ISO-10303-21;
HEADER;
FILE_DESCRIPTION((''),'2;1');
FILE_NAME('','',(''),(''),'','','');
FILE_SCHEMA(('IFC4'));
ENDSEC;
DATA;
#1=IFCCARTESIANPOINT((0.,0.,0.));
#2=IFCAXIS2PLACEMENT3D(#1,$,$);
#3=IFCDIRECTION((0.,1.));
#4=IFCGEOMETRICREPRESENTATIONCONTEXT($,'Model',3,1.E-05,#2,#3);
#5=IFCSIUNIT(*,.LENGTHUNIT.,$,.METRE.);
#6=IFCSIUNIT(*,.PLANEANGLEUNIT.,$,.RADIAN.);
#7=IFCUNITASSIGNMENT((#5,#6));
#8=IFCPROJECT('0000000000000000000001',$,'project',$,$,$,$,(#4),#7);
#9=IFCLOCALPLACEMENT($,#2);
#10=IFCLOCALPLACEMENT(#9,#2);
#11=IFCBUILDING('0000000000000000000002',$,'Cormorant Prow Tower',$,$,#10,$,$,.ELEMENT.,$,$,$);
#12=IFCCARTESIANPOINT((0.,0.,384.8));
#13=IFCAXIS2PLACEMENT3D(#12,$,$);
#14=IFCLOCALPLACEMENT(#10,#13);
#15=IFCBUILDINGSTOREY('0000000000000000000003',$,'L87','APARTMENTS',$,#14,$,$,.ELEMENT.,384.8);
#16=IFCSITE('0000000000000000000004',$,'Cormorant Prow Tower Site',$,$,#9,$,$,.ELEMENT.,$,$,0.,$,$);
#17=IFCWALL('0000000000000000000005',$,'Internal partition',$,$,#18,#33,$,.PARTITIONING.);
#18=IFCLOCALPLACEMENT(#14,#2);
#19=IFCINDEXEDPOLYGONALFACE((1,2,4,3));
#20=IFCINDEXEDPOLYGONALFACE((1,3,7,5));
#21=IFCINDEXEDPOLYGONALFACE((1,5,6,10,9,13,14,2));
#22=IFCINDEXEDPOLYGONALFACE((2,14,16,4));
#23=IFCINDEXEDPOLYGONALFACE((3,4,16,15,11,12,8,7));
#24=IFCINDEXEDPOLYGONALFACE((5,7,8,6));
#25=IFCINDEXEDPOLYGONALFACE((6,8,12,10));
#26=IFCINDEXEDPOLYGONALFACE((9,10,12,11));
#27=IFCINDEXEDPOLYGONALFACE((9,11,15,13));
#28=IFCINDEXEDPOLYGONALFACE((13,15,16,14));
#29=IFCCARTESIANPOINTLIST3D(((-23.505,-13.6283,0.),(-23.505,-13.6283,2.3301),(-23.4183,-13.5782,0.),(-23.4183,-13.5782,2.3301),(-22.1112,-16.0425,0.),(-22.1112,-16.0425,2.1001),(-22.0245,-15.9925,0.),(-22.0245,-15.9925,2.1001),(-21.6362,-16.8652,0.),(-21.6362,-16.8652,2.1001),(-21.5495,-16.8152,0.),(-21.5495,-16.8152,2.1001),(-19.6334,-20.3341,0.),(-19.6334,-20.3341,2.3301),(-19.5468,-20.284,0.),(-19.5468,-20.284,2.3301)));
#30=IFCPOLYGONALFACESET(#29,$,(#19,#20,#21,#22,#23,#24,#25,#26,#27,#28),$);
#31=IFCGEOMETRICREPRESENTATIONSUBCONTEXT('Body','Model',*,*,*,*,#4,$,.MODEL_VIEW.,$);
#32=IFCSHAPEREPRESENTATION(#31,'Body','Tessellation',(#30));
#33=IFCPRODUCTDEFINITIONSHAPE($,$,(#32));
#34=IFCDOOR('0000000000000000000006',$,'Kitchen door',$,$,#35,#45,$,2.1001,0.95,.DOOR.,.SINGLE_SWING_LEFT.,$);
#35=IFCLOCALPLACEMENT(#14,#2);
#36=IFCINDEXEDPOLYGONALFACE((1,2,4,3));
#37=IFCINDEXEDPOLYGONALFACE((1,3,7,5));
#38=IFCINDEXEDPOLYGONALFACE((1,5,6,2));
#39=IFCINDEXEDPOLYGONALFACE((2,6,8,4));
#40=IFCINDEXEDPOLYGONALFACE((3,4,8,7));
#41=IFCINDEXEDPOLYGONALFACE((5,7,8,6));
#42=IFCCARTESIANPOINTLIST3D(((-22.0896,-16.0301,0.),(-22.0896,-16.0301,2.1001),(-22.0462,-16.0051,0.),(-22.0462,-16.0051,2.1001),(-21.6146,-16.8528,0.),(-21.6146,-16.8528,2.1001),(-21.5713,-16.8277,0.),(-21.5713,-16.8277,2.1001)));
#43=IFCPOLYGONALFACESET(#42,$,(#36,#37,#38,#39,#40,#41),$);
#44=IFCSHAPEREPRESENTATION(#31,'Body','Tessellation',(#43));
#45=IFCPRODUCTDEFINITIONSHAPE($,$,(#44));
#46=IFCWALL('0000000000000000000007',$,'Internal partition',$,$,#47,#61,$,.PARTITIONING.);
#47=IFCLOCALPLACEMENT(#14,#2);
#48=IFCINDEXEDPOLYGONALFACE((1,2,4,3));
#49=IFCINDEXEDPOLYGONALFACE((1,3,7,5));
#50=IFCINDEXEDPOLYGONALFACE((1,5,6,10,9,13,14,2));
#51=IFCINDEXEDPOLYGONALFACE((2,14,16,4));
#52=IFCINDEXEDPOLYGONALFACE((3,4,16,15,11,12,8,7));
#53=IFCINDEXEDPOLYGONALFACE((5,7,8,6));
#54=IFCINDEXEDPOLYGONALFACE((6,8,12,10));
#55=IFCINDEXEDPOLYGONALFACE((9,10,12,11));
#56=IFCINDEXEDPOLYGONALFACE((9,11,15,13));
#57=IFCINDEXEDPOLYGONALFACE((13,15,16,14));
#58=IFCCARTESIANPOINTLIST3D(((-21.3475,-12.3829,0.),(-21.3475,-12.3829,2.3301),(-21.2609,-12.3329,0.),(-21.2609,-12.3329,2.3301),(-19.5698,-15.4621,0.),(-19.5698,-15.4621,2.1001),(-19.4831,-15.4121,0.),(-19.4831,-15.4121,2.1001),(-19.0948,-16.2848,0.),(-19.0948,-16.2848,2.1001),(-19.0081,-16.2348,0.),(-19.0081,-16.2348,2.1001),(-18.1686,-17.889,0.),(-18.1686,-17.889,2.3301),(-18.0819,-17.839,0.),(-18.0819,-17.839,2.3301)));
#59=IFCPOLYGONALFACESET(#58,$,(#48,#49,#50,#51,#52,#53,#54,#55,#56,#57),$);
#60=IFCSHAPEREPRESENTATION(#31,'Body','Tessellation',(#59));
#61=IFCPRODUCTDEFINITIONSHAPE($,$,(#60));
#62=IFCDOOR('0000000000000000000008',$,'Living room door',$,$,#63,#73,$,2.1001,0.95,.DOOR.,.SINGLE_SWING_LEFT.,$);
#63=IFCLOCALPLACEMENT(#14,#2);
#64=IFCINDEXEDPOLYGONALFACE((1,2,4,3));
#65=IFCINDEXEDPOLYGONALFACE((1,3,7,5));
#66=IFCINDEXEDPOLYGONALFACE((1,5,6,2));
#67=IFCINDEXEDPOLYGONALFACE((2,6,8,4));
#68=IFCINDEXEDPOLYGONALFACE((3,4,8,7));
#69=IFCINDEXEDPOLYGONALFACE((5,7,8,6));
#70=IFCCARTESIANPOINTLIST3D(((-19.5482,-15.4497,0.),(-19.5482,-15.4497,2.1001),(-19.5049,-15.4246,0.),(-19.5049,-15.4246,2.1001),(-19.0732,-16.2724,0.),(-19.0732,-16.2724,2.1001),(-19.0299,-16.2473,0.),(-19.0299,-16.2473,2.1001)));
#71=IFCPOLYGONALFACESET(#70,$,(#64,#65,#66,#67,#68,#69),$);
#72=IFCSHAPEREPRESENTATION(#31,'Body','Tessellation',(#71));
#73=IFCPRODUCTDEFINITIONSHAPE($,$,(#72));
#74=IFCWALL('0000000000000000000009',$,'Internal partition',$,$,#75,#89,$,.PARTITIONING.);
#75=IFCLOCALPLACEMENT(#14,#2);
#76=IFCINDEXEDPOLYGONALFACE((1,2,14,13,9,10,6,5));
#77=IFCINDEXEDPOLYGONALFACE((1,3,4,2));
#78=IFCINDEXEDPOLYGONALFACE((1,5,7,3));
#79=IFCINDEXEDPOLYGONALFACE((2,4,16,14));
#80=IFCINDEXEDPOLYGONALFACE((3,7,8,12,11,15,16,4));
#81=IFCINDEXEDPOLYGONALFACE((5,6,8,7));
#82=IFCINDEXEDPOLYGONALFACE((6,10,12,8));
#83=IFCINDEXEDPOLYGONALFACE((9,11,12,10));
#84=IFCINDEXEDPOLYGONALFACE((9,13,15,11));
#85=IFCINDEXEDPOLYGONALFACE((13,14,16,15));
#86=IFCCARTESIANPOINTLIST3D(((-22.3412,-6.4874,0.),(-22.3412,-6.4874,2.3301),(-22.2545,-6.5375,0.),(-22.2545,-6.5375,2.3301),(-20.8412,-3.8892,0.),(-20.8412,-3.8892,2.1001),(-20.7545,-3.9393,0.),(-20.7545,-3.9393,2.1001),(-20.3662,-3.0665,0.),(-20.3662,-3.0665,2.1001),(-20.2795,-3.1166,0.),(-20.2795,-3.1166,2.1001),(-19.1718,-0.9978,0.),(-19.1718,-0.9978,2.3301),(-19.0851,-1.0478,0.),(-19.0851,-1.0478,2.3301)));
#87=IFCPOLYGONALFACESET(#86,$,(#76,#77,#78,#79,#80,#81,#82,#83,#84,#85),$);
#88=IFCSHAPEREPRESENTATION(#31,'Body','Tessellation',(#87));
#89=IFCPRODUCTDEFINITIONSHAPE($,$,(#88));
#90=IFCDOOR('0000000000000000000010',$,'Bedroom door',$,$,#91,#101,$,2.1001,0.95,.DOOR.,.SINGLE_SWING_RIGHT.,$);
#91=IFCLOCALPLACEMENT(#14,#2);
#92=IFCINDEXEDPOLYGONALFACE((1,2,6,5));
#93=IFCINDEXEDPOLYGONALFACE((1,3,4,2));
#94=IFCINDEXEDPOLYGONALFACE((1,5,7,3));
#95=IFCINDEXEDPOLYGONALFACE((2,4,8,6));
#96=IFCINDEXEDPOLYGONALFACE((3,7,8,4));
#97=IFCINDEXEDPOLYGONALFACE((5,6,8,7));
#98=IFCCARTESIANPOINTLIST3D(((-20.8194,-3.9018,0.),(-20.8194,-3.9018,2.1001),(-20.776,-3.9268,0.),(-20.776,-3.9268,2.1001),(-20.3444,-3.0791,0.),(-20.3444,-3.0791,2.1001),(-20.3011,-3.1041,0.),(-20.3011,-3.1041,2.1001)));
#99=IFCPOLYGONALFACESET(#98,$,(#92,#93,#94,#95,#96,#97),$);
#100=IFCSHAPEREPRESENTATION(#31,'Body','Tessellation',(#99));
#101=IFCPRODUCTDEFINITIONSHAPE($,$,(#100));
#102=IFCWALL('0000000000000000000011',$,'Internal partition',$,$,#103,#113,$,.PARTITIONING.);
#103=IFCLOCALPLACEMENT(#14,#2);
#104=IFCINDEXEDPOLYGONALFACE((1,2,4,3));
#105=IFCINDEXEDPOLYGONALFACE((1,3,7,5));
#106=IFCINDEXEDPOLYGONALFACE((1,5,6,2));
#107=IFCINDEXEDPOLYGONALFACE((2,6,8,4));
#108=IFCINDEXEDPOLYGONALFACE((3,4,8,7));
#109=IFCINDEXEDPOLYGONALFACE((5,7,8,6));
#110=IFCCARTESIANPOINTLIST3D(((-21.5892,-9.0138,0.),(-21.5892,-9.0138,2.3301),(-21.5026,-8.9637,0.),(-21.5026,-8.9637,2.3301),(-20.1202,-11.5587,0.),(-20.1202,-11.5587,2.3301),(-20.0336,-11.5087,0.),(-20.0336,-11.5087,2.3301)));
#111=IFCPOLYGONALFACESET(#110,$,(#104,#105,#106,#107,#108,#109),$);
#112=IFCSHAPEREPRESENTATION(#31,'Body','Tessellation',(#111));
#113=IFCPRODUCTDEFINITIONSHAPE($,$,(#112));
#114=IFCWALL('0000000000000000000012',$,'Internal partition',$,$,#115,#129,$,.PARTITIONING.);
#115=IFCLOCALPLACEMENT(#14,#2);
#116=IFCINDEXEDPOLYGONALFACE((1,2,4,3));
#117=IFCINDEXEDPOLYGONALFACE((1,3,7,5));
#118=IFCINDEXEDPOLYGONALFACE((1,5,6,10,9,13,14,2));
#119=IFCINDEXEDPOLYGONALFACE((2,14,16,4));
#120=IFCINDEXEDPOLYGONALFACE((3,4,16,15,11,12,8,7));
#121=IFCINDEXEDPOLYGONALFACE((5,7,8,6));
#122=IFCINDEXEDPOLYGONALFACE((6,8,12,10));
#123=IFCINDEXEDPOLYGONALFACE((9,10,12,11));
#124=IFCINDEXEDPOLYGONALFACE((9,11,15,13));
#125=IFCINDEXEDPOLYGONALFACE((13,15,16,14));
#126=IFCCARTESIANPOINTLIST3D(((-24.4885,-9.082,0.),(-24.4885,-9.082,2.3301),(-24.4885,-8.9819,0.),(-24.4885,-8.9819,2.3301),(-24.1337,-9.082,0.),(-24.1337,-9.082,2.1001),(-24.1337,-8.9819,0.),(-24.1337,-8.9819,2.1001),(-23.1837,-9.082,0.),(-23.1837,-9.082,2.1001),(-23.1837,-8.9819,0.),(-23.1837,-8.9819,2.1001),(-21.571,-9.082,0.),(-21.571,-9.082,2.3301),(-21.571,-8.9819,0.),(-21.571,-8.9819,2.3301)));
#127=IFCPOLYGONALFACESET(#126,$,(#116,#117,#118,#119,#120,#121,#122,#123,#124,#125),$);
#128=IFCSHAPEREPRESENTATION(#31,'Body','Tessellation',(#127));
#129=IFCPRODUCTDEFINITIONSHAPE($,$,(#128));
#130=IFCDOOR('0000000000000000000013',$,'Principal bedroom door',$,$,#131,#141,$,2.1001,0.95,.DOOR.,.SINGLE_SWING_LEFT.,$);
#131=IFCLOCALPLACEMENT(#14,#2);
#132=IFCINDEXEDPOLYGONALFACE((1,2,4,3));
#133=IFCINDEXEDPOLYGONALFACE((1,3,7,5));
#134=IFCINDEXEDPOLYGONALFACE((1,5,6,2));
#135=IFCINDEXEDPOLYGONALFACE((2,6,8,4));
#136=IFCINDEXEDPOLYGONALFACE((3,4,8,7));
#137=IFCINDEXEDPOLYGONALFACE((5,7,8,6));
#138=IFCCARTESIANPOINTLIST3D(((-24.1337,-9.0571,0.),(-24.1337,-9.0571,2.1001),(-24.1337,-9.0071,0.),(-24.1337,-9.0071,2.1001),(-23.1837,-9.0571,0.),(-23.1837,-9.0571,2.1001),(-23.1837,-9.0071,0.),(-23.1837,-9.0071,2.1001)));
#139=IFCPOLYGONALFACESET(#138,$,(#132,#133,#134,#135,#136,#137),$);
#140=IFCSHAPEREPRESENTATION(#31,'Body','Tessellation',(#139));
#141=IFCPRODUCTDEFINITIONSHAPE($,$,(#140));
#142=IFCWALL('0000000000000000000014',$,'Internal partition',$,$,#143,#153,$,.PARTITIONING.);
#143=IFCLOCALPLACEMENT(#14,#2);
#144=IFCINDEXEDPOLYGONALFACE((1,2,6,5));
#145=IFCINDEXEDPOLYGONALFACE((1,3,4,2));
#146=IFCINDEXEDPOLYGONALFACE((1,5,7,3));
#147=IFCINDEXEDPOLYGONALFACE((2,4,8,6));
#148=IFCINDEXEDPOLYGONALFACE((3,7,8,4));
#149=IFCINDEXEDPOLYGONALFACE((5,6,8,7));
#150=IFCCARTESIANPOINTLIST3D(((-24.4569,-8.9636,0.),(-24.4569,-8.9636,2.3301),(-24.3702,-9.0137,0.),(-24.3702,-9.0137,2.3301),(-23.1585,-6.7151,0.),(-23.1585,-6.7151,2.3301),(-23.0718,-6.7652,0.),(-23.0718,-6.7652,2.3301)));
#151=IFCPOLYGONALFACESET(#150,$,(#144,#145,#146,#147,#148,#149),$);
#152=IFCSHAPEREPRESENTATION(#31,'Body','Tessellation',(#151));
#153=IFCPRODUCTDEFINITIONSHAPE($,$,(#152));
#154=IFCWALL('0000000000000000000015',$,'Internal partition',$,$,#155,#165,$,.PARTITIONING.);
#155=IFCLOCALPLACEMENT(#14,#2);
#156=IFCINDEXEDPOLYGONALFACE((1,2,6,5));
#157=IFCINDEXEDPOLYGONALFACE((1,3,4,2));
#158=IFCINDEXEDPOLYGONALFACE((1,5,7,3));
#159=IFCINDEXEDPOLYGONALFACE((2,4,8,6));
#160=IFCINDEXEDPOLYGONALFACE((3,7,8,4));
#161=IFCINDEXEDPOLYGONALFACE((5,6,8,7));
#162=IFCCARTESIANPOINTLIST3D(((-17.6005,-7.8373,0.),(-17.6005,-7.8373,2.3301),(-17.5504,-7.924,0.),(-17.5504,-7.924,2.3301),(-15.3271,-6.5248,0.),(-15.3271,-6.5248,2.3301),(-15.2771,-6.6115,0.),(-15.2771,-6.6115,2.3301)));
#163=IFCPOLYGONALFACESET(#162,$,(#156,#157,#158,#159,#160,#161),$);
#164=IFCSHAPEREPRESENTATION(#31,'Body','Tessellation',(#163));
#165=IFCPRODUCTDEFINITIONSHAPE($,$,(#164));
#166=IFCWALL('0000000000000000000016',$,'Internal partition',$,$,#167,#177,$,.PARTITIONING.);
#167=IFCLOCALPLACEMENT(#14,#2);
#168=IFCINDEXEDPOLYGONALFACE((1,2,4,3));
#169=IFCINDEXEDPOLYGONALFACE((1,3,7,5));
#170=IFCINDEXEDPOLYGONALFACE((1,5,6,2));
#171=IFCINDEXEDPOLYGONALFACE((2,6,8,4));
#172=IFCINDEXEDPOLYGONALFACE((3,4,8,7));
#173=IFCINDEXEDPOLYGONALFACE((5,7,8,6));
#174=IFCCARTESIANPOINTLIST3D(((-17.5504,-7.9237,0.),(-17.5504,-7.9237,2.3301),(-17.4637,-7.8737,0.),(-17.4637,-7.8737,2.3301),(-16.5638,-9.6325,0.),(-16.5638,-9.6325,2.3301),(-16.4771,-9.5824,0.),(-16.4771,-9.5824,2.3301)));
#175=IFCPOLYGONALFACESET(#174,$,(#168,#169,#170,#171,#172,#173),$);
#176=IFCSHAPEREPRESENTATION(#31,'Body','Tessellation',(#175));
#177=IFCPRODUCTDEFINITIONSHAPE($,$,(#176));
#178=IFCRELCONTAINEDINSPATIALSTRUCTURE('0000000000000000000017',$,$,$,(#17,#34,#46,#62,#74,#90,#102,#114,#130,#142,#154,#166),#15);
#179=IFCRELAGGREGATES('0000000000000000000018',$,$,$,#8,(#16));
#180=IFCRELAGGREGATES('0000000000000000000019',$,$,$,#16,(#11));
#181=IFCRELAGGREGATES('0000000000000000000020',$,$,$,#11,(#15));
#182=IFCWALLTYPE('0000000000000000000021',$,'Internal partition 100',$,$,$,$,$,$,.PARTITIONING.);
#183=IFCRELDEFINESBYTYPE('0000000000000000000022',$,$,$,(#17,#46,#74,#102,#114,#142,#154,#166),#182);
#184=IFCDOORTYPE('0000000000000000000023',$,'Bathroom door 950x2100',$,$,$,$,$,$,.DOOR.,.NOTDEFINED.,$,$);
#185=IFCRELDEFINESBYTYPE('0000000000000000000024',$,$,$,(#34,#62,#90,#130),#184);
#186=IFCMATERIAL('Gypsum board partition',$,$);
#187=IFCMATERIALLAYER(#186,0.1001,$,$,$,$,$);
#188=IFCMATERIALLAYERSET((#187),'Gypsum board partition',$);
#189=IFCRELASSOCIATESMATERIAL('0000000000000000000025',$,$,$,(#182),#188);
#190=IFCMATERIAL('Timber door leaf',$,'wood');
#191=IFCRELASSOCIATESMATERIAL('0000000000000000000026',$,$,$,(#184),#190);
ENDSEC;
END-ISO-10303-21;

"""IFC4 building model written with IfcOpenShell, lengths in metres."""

from ifc_helpers import new_model, si_unit, direction, frame, frame_2d, origin, place, context, subcontext, project, spatial, rectangle, extrude, material, layer, layer_set, type_object, element, fill, save


model = new_model("IFC4")

# Units and contexts
model_context = context("Model", 3, precision=1e-05, world=origin(), true_north=direction((0.0, 1.0)))
body_context = subcontext(model_context, "Body", "Model", "MODEL_VIEW")
ifc_project = project(units=[si_unit("LENGTHUNIT", "METRE"), si_unit("PLANEANGLEUNIT", "RADIAN")], contexts=[model_context])

# Site, building, storey
site_placement = place(None, origin())
site = spatial("IfcSite", under=ifc_project, at=site_placement, Name="Cormorant Prow Tower Site", CompositionType="ELEMENT", RefElevation=0.0)
building_placement = place(site_placement, origin())
building = spatial("IfcBuilding", under=site, at=building_placement, Name="Cormorant Prow Tower", CompositionType="ELEMENT")
storey_placement = place(building_placement, frame((0.0, 0.0, 384.8)))
storey = spatial("IfcBuildingStorey", under=building, at=storey_placement, Name="L87", Description="APARTMENTS", CompositionType="ELEMENT", Elevation=384.8)

# Walls, openings, doors
ifc_material_1 = material(Name="Gypsum board partition")
ifc_layer_1 = layer(ifc_material_1, 0.1001)
ifc_layer_set_1 = layer_set([ifc_layer_1], Name="Gypsum board partition")
wall_type_1 = type_object("IfcWallType", Name="Internal partition 100", PredefinedType="PARTITIONING", material=ifc_layer_set_1)
wall_1_placement = place(storey_placement, frame((-23.4617, -13.6033, 0.0), z_axis=(0.0, 0.0, 1.0), x_axis=(0.499998, -0.866026, 0.0)))
wall_1 = element("IfcWall", 1, at=wall_1_placement, inside=storey, type_object=wall_type_1, Name="Internal partition", PredefinedType="PARTITIONING", context=body_context, shape_type="SweptSolid", body=[
    extrude(rectangle(XDim=7.7432, YDim=0.1001, at=frame_2d((3.8716, 0.0))), origin(), (0.0, 0.0, 1.0), 2.3301),
])
opening_1_placement = place(wall_1_placement, frame((2.7876, 0.0, 0.0)))
opening_1 = element("IfcOpeningElement", 2, at=opening_1_placement, cuts=wall_1, PredefinedType="OPENING", context=body_context, shape_type="SweptSolid", body=[
    extrude(rectangle(XDim=0.95, YDim=2.1001, at=frame_2d((0.4751, 1.05))), frame((0.0, 0.0601, 0.0), z_axis=(0.0, -1.0, 0.0), x_axis=(1.0, 0.0, 0.0)), (0.0, 0.0, 1.0), 0.1201),
])
ifc_material_2 = material(Name="Timber door leaf", Category="wood")
door_type_1 = type_object("IfcDoorType", Name="Bathroom door 950x2100", OperationType="NOTDEFINED", PredefinedType="DOOR", material=ifc_material_2)
door_1_placement = place(opening_1_placement, origin())
door_1 = element("IfcDoor", 3, at=door_1_placement, inside=storey, type_object=door_type_1, Name="Kitchen door", OperationType="SINGLE_SWING_LEFT", OverallHeight=2.1001, OverallWidth=0.95, PredefinedType="DOOR", context=body_context, shape_type="SweptSolid", body=[
    extrude(rectangle(XDim=0.95, YDim=2.1001, at=frame_2d((0.4751, 1.05))), frame((0.0, 0.0249, 0.0), z_axis=(0.0, -1.0, 0.0), x_axis=(1.0, 0.0, 0.0)), (0.0, 0.0, 1.0), 0.05),
])
fill(opening_1, door_1)
wall_2_placement = place(storey_placement, frame((-21.3042, -12.3579, 0.0), z_axis=(0.0, 0.0, 1.0), x_axis=(0.500001, -0.866025, 0.0)))
wall_2 = element("IfcWall", 4, at=wall_2_placement, inside=storey, type_object=wall_type_1, Name="Internal partition", PredefinedType="PARTITIONING", context=body_context, shape_type="SweptSolid", body=[
    extrude(rectangle(XDim=6.3579, YDim=0.1001, at=frame_2d((3.179, 0.0))), origin(), (0.0, 0.0, 1.0), 2.3301),
])
opening_2_placement = place(wall_2_placement, frame((3.5554, 0.0, 0.0)))
opening_2 = element("IfcOpeningElement", 5, at=opening_2_placement, cuts=wall_2, PredefinedType="OPENING", context=body_context, shape_type="SweptSolid", body=[
    extrude(rectangle(XDim=0.95, YDim=2.1001, at=frame_2d((0.4751, 1.05))), frame((0.0, 0.0601, 0.0), z_axis=(0.0, -1.0, 0.0), x_axis=(1.0, 0.0, 0.0)), (0.0, 0.0, 1.0), 0.1201),
])
door_2_placement = place(opening_2_placement, origin())
door_2 = element("IfcDoor", 6, at=door_2_placement, inside=storey, type_object=door_type_1, Name="Living room door", OperationType="SINGLE_SWING_LEFT", OverallHeight=2.1001, OverallWidth=0.95, PredefinedType="DOOR", context=body_context, shape_type="SweptSolid", body=[
    extrude(rectangle(XDim=0.95, YDim=2.1001, at=frame_2d((0.4751, 1.05))), frame((0.0, 0.0249, 0.0), z_axis=(0.0, -1.0, 0.0), x_axis=(1.0, 0.0, 0.0)), (0.0, 0.0, 1.0), 0.05),
])
fill(opening_2, door_2)
wall_3_placement = place(storey_placement, frame((-22.2979, -6.5125, 0.0), z_axis=(0.0, 0.0, 1.0), x_axis=(0.499991, 0.86603, 0.0)))
wall_3 = element("IfcWall", 7, at=wall_3_placement, inside=storey, type_object=wall_type_1, Name="Internal partition", PredefinedType="PARTITIONING", context=body_context, shape_type="SweptSolid", body=[
    extrude(rectangle(XDim=6.3389, YDim=0.1001, at=frame_2d((3.1694, 0.0))), origin(), (0.0, 0.0, 1.0), 2.3301),
])
opening_3_placement = place(wall_3_placement, frame((3.0, 0.0, 0.0)))
opening_3 = element("IfcOpeningElement", 8, at=opening_3_placement, cuts=wall_3, PredefinedType="OPENING", context=body_context, shape_type="SweptSolid", body=[
    extrude(rectangle(XDim=0.95, YDim=2.1001, at=frame_2d((0.4751, 1.05))), frame((0.0, 0.0601, 0.0), z_axis=(0.0, -1.0, 0.0), x_axis=(1.0, 0.0, 0.0)), (0.0, 0.0, 1.0), 0.1201),
])
door_3_placement = place(opening_3_placement, origin())
door_3 = element("IfcDoor", 9, at=door_3_placement, inside=storey, type_object=door_type_1, Name="Bedroom door", OperationType="SINGLE_SWING_RIGHT", OverallHeight=2.1001, OverallWidth=0.95, PredefinedType="DOOR", context=body_context, shape_type="SweptSolid", body=[
    extrude(rectangle(XDim=0.95, YDim=2.1001, at=frame_2d((0.4751, 1.05))), frame((0.0, 0.0249, 0.0), z_axis=(0.0, -1.0, 0.0), x_axis=(1.0, 0.0, 0.0)), (0.0, 0.0, 1.0), 0.05),
])
fill(opening_3, door_3)

# Wall
wall_4_placement = place(storey_placement, frame((-21.5459, -8.9888, 0.0), z_axis=(0.0, 0.0, 1.0), x_axis=(0.499919, -0.866072, 0.0)))
element("IfcWall", 10, at=wall_4_placement, inside=storey, type_object=wall_type_1, Name="Internal partition", PredefinedType="PARTITIONING", context=body_context, shape_type="SweptSolid", body=[
    extrude(rectangle(XDim=2.9385, YDim=0.1001, at=frame_2d((1.4692, 0.0))), origin(), (0.0, 0.0, 1.0), 2.3301),
])

# Wall, opening, door
wall_5_placement = place(storey_placement, frame((-24.4885, -9.032, 0.0), z_axis=(0.0, 0.0, 1.0), x_axis=(1.0, 0.0, 0.0)))
wall_5 = element("IfcWall", 11, at=wall_5_placement, inside=storey, type_object=wall_type_1, Name="Internal partition", PredefinedType="PARTITIONING", context=body_context, shape_type="SweptSolid", body=[
    extrude(rectangle(XDim=2.9175, YDim=0.1001, at=frame_2d((1.4587, 0.0))), origin(), (0.0, 0.0, 1.0), 2.3301),
])
opening_4_placement = place(wall_5_placement, frame((0.3547, 0.0, 0.0)))
opening_4 = element("IfcOpeningElement", 12, at=opening_4_placement, cuts=wall_5, PredefinedType="OPENING", context=body_context, shape_type="SweptSolid", body=[
    extrude(rectangle(XDim=0.95, YDim=2.1001, at=frame_2d((0.4751, 1.05))), frame((0.0, 0.0601, 0.0), z_axis=(0.0, -1.0, 0.0), x_axis=(1.0, 0.0, 0.0)), (0.0, 0.0, 1.0), 0.1201),
])
door_4_placement = place(opening_4_placement, origin())
door_4 = element("IfcDoor", 13, at=door_4_placement, inside=storey, type_object=door_type_1, Name="Principal bedroom door", OperationType="SINGLE_SWING_LEFT", OverallHeight=2.1001, OverallWidth=0.95, PredefinedType="DOOR", context=body_context, shape_type="SweptSolid", body=[
    extrude(rectangle(XDim=0.95, YDim=2.1001, at=frame_2d((0.4751, 1.05))), frame((0.0, 0.0249, 0.0), z_axis=(0.0, -1.0, 0.0), x_axis=(1.0, 0.0, 0.0)), (0.0, 0.0, 1.0), 0.05),
])
fill(opening_4, door_4)

# Walls
wall_6_placement = place(storey_placement, frame((-24.4136, -8.9888, 0.0), z_axis=(0.0, 0.0, 1.0), x_axis=(0.500043, 0.866001, 0.0)))
element("IfcWall", 14, at=wall_6_placement, inside=storey, type_object=wall_type_1, Name="Internal partition", PredefinedType="PARTITIONING", context=body_context, shape_type="SweptSolid", body=[
    extrude(rectangle(XDim=2.5964, YDim=0.1001, at=frame_2d((1.2983, 0.0))), origin(), (0.0, 0.0, 1.0), 2.3301),
])
wall_7_placement = place(storey_placement, frame((-17.5754, -7.8806, 0.0), z_axis=(0.0, 0.0, 1.0), x_axis=(0.866037, 0.49998, 0.0)))
element("IfcWall", 15, at=wall_7_placement, inside=storey, type_object=wall_type_1, Name="Internal partition", PredefinedType="PARTITIONING", context=body_context, shape_type="SweptSolid", body=[
    extrude(rectangle(XDim=2.625, YDim=0.1001, at=frame_2d((1.3125, 0.0))), origin(), (0.0, 0.0, 1.0), 2.3301),
])
wall_8_placement = place(storey_placement, frame((-17.5071, -7.8987, 0.0), z_axis=(0.0, 0.0, 1.0), x_axis=(0.500012, -0.866019, 0.0)))
element("IfcWall", 16, at=wall_8_placement, inside=storey, type_object=wall_type_1, Name="Internal partition", PredefinedType="PARTITIONING", context=body_context, shape_type="SweptSolid", body=[
    extrude(rectangle(XDim=1.9731, YDim=0.1001, at=frame_2d((0.9866, 0.0))), origin(), (0.0, 0.0, 1.0), 2.3301),
])

save(model, "model.ifc")
